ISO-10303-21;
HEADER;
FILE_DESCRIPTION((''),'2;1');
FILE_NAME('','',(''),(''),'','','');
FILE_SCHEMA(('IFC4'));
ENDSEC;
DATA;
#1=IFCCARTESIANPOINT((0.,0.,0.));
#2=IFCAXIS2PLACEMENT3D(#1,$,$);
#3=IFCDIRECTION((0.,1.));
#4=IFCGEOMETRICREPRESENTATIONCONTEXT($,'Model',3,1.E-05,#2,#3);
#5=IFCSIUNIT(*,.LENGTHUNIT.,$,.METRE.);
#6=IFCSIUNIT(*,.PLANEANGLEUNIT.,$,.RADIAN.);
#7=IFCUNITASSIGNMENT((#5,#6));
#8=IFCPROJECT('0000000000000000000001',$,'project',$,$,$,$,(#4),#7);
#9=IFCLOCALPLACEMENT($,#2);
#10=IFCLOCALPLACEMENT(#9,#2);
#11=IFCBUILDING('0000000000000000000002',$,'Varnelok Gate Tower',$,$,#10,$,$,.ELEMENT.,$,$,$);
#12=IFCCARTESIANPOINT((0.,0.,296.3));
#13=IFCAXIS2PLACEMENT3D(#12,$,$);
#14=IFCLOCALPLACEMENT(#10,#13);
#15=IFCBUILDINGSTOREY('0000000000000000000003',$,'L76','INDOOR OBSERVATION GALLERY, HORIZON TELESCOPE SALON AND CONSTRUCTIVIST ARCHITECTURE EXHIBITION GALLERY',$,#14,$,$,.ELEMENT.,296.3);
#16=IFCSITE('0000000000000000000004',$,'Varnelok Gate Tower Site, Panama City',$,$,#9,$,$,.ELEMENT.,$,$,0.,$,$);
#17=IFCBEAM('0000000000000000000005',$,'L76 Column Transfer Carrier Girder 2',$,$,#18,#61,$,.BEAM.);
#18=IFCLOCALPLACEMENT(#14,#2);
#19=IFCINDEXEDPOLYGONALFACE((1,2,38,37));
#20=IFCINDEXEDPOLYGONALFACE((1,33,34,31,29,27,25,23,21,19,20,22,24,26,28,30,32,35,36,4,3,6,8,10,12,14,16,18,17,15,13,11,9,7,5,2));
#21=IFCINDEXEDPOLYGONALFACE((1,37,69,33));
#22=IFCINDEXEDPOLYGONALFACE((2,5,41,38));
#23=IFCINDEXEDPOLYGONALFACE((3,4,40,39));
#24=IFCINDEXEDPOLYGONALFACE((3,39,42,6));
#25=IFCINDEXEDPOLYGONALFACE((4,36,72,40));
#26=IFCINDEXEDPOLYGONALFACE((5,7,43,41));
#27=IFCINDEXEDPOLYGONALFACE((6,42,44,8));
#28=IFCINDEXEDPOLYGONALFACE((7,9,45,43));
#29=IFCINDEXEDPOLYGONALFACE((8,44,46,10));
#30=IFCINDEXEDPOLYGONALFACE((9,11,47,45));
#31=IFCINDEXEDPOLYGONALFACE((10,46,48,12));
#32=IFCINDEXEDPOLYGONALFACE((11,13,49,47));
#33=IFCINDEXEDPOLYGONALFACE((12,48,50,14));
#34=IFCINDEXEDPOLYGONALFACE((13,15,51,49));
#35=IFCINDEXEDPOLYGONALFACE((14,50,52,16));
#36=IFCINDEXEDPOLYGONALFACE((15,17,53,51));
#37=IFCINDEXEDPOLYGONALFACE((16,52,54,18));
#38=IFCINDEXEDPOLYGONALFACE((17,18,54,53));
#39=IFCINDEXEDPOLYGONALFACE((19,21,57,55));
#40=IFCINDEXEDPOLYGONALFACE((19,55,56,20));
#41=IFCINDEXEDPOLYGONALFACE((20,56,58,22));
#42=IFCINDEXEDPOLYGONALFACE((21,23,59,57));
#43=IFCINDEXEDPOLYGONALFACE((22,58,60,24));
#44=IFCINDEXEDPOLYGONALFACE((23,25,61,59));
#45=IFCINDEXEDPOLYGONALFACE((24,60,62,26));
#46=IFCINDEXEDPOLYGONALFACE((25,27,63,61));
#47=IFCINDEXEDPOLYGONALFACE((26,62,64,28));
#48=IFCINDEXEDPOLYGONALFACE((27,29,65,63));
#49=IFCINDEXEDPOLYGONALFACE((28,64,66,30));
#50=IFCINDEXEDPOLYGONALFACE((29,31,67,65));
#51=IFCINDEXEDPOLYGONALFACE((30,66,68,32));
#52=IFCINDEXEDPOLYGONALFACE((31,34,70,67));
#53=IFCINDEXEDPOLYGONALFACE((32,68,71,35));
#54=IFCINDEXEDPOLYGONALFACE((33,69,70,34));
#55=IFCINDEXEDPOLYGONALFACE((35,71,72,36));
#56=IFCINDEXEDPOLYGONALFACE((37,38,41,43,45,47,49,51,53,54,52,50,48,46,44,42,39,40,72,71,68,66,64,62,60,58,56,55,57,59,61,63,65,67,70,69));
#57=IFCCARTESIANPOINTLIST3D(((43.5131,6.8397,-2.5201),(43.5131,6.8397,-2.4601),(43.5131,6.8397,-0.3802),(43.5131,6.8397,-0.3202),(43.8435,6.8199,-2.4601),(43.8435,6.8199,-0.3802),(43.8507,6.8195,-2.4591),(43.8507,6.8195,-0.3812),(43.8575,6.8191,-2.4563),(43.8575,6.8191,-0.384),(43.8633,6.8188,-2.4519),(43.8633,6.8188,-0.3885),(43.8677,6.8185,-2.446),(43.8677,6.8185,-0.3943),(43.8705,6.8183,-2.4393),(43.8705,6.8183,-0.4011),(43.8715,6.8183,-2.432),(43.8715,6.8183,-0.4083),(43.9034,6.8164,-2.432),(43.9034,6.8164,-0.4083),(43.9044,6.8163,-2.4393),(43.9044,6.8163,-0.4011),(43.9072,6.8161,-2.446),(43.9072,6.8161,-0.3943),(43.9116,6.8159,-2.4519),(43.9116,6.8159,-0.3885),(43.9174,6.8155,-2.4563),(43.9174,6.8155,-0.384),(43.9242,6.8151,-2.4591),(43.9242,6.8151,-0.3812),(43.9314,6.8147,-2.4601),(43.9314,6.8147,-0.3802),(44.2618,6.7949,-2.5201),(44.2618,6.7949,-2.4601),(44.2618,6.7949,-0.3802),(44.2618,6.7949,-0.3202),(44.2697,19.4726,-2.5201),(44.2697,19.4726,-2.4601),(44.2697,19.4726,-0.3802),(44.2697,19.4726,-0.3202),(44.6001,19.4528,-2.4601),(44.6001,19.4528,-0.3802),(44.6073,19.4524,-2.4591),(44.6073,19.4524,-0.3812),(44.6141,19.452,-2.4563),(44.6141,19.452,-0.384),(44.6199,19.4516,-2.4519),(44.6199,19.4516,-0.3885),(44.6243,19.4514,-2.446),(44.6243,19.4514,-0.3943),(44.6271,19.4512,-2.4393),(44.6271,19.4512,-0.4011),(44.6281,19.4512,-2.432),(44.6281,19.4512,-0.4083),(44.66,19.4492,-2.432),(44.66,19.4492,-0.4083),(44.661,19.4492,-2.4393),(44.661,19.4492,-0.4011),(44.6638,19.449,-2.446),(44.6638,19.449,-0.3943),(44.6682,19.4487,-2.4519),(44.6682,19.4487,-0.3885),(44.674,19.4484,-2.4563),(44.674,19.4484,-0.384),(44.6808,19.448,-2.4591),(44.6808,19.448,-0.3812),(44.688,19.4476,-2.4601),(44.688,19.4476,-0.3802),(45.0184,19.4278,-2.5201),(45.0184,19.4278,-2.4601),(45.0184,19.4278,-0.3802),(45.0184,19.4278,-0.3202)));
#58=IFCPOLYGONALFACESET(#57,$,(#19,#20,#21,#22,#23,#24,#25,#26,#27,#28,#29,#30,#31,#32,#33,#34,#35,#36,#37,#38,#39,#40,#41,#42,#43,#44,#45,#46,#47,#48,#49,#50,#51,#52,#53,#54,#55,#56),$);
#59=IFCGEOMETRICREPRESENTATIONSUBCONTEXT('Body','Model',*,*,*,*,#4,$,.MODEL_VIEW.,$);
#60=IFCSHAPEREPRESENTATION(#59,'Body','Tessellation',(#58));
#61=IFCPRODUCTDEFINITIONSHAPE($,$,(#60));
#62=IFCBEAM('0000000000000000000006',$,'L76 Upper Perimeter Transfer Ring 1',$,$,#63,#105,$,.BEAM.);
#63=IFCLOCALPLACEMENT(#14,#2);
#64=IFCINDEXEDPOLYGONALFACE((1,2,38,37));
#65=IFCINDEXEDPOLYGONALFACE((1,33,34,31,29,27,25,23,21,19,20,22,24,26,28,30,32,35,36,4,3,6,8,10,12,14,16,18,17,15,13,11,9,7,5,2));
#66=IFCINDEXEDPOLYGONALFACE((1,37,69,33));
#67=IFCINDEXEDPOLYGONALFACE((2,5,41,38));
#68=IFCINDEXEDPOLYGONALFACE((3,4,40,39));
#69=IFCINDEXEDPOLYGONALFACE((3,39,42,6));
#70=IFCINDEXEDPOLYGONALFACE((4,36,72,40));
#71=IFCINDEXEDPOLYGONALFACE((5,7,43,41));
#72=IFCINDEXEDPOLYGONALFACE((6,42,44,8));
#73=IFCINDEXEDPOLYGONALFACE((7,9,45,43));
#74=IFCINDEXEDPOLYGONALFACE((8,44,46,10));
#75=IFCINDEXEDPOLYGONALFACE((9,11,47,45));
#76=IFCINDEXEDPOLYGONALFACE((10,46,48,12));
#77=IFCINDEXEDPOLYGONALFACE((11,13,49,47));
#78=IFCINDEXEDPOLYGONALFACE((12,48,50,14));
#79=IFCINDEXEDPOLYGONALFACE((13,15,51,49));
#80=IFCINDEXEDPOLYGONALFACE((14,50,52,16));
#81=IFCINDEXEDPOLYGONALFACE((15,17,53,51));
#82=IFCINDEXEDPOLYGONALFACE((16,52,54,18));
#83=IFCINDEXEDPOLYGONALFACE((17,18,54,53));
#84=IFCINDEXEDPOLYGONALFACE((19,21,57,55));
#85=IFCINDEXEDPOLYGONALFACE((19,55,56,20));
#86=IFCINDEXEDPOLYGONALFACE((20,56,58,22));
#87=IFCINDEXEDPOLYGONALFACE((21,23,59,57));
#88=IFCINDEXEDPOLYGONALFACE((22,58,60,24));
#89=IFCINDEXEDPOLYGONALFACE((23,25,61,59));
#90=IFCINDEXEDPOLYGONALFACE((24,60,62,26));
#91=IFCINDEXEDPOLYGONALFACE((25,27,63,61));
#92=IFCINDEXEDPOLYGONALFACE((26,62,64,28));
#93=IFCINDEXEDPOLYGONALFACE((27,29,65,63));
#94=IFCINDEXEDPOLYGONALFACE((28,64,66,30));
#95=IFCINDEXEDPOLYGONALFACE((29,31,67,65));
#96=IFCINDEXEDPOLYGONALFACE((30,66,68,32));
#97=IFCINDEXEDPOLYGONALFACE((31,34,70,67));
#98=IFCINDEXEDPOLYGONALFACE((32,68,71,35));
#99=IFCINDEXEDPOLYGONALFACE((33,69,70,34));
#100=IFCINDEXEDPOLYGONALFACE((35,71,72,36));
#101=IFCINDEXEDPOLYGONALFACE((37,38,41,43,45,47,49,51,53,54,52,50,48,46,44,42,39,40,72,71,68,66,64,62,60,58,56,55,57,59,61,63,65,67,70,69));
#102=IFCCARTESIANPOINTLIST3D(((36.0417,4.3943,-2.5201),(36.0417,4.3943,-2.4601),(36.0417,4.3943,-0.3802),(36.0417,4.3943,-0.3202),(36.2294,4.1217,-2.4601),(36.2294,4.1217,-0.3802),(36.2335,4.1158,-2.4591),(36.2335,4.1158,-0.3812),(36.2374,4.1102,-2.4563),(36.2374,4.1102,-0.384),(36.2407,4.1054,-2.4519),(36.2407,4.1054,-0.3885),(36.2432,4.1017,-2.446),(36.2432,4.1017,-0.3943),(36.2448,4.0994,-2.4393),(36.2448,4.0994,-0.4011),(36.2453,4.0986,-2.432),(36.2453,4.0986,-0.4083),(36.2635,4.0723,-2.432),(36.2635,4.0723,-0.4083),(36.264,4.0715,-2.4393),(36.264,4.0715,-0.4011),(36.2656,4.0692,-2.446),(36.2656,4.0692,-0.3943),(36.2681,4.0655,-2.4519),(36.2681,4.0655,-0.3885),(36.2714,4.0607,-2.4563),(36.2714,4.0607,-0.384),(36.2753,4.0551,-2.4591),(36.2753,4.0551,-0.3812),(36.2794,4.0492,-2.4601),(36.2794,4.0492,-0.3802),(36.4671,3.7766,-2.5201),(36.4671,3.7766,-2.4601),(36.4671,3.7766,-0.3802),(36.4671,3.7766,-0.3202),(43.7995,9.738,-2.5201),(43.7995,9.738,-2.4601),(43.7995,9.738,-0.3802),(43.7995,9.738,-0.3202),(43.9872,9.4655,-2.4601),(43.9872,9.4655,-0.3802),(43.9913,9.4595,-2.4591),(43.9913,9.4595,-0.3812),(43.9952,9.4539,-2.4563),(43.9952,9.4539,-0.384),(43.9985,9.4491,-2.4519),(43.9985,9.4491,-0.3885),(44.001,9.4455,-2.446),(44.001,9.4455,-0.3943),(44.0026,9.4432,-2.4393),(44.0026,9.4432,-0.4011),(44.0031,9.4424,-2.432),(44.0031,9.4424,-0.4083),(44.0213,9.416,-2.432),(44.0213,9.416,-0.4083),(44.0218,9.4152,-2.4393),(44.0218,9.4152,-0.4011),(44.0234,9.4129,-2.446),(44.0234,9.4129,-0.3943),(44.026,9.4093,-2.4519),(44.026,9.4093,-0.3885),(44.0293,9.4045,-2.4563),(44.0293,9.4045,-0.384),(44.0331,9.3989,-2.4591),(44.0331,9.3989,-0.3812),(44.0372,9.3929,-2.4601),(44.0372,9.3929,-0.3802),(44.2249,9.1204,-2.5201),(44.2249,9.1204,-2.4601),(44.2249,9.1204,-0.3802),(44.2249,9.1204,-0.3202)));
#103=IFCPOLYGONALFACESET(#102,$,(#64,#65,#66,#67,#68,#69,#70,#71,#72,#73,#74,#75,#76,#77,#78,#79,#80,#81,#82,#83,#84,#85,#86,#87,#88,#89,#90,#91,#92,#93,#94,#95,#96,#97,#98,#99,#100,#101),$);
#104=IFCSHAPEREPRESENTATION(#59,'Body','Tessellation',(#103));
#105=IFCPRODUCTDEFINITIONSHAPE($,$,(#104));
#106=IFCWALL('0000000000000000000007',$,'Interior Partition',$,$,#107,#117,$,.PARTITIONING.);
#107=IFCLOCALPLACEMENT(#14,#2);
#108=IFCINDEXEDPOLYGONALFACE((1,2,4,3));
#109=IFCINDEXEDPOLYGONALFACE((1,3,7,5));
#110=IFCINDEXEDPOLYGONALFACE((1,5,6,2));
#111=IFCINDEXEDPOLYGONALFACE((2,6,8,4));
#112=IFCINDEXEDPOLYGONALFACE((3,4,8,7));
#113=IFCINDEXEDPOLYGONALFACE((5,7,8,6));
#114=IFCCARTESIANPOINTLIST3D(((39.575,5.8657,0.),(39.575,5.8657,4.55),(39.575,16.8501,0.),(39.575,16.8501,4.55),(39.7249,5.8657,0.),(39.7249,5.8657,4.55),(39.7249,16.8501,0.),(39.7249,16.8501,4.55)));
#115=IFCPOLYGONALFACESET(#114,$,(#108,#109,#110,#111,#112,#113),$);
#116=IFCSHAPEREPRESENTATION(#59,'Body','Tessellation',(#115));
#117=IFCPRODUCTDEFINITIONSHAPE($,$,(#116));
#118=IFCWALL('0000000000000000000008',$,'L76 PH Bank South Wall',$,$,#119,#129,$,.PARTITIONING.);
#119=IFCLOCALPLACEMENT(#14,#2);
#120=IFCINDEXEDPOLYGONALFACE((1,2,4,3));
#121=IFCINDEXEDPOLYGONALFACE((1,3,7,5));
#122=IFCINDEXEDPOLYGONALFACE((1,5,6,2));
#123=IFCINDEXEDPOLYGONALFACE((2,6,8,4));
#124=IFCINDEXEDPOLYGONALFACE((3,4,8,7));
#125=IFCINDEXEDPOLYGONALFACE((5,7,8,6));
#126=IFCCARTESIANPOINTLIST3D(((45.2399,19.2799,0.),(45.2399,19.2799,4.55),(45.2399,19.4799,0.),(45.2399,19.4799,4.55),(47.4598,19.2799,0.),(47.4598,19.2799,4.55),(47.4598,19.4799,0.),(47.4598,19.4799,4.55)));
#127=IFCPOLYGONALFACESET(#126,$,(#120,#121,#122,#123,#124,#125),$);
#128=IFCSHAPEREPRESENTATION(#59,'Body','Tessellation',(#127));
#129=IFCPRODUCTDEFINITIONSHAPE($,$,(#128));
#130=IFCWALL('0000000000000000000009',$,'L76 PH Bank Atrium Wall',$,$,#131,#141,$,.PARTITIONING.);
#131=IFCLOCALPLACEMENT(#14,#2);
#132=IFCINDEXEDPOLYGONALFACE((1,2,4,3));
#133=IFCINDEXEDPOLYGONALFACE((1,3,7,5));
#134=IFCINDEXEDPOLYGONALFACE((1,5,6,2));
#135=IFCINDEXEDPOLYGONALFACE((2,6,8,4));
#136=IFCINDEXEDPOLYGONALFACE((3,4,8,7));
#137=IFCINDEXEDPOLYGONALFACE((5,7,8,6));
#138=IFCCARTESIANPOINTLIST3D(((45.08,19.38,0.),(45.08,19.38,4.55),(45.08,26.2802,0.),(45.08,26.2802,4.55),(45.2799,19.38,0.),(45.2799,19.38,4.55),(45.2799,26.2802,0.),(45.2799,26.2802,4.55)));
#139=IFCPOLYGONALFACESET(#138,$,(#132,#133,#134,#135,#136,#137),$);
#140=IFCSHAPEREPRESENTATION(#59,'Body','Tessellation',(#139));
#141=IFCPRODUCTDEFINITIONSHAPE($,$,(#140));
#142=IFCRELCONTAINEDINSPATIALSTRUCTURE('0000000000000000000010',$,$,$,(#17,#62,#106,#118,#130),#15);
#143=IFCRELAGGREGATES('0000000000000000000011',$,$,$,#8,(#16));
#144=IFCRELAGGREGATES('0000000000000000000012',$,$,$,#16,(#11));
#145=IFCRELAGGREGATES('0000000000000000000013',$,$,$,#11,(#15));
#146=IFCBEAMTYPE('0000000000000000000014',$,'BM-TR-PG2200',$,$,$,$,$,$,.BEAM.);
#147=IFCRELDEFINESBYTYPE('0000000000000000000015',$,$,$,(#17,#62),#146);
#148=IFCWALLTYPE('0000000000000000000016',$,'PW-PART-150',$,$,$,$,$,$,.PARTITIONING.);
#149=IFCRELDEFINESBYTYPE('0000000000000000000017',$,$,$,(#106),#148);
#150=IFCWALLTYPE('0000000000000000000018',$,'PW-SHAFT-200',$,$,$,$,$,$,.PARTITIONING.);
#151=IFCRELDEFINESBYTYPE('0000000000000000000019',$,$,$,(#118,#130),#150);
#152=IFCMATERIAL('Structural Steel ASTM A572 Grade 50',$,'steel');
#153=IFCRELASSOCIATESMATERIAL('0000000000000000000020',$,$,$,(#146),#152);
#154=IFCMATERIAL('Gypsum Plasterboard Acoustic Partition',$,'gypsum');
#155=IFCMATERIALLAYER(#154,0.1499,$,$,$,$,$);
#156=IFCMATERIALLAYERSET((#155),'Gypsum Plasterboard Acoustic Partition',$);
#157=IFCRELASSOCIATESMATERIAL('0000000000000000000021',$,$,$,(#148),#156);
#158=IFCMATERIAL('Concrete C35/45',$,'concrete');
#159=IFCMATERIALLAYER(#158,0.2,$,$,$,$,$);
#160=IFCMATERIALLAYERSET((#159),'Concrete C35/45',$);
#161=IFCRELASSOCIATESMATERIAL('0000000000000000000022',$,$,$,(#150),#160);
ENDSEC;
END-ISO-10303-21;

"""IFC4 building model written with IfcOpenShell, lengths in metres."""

from ifc_helpers import new_model, si_unit, direction, frame, frame_2d, origin, origin_2d, place, context, subcontext, project, spatial, rectangle, i_section, extrude, material, layer, layer_set, material_profile, profile_set, type_object, element, save


model = new_model("IFC4")

# Units and contexts
model_context = context("Model", 3, precision=1e-05, world=origin(), true_north=direction((0.0, 1.0)))
body_context = subcontext(model_context, "Body", "Model", "MODEL_VIEW")
ifc_project = project(units=[si_unit("LENGTHUNIT", "METRE"), si_unit("PLANEANGLEUNIT", "RADIAN")], contexts=[model_context])

# Site, building, storey
site_placement = place(None, origin())
site = spatial("IfcSite", under=ifc_project, at=site_placement, Name="Varnelok Gate Tower Site, Panama City", CompositionType="ELEMENT", RefElevation=0.0)
building_placement = place(site_placement, origin())
building = spatial("IfcBuilding", under=site, at=building_placement, Name="Varnelok Gate Tower", CompositionType="ELEMENT")
storey_placement = place(building_placement, frame((0.0, 0.0, 296.3)))
storey = spatial("IfcBuildingStorey", under=building, at=storey_placement, Name="L76", Description="INDOOR OBSERVATION GALLERY, HORIZON TELESCOPE SALON AND CONSTRUCTIVIST ARCHITECTURE EXHIBITION GALLERY", CompositionType="ELEMENT", Elevation=296.3)

# Beams
ifc_material_1 = material(Name="Structural Steel ASTM A572 Grade 50", Category="steel")
ifc_material_profile_1 = material_profile(ifc_material_1, i_section(OverallWidth=0.75, OverallDepth=2.2, WebThickness=0.032, FlangeThickness=0.0601, FilletRadius=0.0281, at=origin_2d()), Name="PG2200X750")
ifc_profile_set_1 = profile_set([ifc_material_profile_1], Name="Structural Steel ASTM A572 Grade 50")
beam_type_1 = type_object("IfcBeamType", Name="BM-TR-PG2200", PredefinedType="BEAM", material=ifc_profile_set_1)
beam_1_placement = place(storey_placement, frame((44.644, 19.4502, -1.4202), z_axis=(-0.059784, -0.998211, 0.0), x_axis=(0.998211, -0.059784, 0.0)))
element("IfcBeam", 1, at=beam_1_placement, inside=storey, type_object=beam_type_1, Name="L76 Column Transfer Carrier Girder 2", PredefinedType="BEAM", context=body_context, shape_type="SweptSolid", body=[
    extrude(i_section(OverallWidth=0.75, OverallDepth=2.2, WebThickness=0.032, FlangeThickness=0.0601, FilletRadius=0.0281, at=origin_2d()), origin(), (0.0, 0.0, 1.0), 12.6555),
])
beam_2_placement = place(storey_placement, frame((36.2544, 4.0854, -1.4202), z_axis=(0.823533, 0.567268, 0.0), x_axis=(-0.567268, 0.823533, 0.0)))
element("IfcBeam", 2, at=beam_2_placement, inside=storey, type_object=beam_type_1, Name="L76 Upper Perimeter Transfer Ring 1", PredefinedType="BEAM", context=body_context, shape_type="SweptSolid", body=[
    extrude(i_section(OverallWidth=0.75, OverallDepth=2.2, WebThickness=0.032, FlangeThickness=0.0601, FilletRadius=0.0281, at=origin_2d()), origin(), (0.0, 0.0, 1.0), 9.4202),
])

# Walls
ifc_material_2 = material(Name="Gypsum Plasterboard Acoustic Partition", Category="gypsum")
ifc_layer_1 = layer(ifc_material_2, 0.1499)
ifc_layer_set_1 = layer_set([ifc_layer_1], Name="Gypsum Plasterboard Acoustic Partition")
wall_type_1 = type_object("IfcWallType", Name="PW-PART-150", PredefinedType="PARTITIONING", material=ifc_layer_set_1)
wall_1_placement = place(storey_placement, frame((39.6499, 5.8657, 0.0), z_axis=(0.0, 0.0, 1.0), x_axis=(0.0, 1.0, 0.0)))
element("IfcWall", 3, at=wall_1_placement, inside=storey, type_object=wall_type_1, Name="Interior Partition", PredefinedType="PARTITIONING", context=body_context, shape_type="SweptSolid", body=[
    extrude(rectangle(XDim=10.9844, YDim=0.1499, at=frame_2d((5.4922, 0.0))), origin(), (0.0, 0.0, 1.0), 4.55),
])
ifc_material_3 = material(Name="Concrete C35/45", Category="concrete")
ifc_layer_2 = layer(ifc_material_3, 0.2)
ifc_layer_set_2 = layer_set([ifc_layer_2], Name="Concrete C35/45")
wall_type_2 = type_object("IfcWallType", Name="PW-SHAFT-200", PredefinedType="PARTITIONING", material=ifc_layer_set_2)
wall_2_placement = place(storey_placement, frame((45.24, 19.3799, 0.0), z_axis=(0.0, 0.0, 1.0), x_axis=(1.0, 0.0, 0.0)))
element("IfcWall", 4, at=wall_2_placement, inside=storey, type_object=wall_type_2, Name="L76 PH Bank South Wall", PredefinedType="PARTITIONING", context=body_context, shape_type="SweptSolid", body=[
    extrude(rectangle(XDim=2.22, YDim=0.2, at=frame_2d((1.1099, 0.0))), origin(), (0.0, 0.0, 1.0), 4.55),
])
wall_3_placement = place(storey_placement, frame((45.1799, 19.3799, 0.0), z_axis=(0.0, 0.0, 1.0), x_axis=(0.0, 1.0, 0.0)))
element("IfcWall", 5, at=wall_3_placement, inside=storey, type_object=wall_type_2, Name="L76 PH Bank Atrium Wall", PredefinedType="PARTITIONING", context=body_context, shape_type="SweptSolid", body=[
    extrude(rectangle(XDim=6.9001, YDim=0.2, at=frame_2d((3.4502, 0.0))), origin(), (0.0, 0.0, 1.0), 4.55),
])

save(model, "model.ifc")
